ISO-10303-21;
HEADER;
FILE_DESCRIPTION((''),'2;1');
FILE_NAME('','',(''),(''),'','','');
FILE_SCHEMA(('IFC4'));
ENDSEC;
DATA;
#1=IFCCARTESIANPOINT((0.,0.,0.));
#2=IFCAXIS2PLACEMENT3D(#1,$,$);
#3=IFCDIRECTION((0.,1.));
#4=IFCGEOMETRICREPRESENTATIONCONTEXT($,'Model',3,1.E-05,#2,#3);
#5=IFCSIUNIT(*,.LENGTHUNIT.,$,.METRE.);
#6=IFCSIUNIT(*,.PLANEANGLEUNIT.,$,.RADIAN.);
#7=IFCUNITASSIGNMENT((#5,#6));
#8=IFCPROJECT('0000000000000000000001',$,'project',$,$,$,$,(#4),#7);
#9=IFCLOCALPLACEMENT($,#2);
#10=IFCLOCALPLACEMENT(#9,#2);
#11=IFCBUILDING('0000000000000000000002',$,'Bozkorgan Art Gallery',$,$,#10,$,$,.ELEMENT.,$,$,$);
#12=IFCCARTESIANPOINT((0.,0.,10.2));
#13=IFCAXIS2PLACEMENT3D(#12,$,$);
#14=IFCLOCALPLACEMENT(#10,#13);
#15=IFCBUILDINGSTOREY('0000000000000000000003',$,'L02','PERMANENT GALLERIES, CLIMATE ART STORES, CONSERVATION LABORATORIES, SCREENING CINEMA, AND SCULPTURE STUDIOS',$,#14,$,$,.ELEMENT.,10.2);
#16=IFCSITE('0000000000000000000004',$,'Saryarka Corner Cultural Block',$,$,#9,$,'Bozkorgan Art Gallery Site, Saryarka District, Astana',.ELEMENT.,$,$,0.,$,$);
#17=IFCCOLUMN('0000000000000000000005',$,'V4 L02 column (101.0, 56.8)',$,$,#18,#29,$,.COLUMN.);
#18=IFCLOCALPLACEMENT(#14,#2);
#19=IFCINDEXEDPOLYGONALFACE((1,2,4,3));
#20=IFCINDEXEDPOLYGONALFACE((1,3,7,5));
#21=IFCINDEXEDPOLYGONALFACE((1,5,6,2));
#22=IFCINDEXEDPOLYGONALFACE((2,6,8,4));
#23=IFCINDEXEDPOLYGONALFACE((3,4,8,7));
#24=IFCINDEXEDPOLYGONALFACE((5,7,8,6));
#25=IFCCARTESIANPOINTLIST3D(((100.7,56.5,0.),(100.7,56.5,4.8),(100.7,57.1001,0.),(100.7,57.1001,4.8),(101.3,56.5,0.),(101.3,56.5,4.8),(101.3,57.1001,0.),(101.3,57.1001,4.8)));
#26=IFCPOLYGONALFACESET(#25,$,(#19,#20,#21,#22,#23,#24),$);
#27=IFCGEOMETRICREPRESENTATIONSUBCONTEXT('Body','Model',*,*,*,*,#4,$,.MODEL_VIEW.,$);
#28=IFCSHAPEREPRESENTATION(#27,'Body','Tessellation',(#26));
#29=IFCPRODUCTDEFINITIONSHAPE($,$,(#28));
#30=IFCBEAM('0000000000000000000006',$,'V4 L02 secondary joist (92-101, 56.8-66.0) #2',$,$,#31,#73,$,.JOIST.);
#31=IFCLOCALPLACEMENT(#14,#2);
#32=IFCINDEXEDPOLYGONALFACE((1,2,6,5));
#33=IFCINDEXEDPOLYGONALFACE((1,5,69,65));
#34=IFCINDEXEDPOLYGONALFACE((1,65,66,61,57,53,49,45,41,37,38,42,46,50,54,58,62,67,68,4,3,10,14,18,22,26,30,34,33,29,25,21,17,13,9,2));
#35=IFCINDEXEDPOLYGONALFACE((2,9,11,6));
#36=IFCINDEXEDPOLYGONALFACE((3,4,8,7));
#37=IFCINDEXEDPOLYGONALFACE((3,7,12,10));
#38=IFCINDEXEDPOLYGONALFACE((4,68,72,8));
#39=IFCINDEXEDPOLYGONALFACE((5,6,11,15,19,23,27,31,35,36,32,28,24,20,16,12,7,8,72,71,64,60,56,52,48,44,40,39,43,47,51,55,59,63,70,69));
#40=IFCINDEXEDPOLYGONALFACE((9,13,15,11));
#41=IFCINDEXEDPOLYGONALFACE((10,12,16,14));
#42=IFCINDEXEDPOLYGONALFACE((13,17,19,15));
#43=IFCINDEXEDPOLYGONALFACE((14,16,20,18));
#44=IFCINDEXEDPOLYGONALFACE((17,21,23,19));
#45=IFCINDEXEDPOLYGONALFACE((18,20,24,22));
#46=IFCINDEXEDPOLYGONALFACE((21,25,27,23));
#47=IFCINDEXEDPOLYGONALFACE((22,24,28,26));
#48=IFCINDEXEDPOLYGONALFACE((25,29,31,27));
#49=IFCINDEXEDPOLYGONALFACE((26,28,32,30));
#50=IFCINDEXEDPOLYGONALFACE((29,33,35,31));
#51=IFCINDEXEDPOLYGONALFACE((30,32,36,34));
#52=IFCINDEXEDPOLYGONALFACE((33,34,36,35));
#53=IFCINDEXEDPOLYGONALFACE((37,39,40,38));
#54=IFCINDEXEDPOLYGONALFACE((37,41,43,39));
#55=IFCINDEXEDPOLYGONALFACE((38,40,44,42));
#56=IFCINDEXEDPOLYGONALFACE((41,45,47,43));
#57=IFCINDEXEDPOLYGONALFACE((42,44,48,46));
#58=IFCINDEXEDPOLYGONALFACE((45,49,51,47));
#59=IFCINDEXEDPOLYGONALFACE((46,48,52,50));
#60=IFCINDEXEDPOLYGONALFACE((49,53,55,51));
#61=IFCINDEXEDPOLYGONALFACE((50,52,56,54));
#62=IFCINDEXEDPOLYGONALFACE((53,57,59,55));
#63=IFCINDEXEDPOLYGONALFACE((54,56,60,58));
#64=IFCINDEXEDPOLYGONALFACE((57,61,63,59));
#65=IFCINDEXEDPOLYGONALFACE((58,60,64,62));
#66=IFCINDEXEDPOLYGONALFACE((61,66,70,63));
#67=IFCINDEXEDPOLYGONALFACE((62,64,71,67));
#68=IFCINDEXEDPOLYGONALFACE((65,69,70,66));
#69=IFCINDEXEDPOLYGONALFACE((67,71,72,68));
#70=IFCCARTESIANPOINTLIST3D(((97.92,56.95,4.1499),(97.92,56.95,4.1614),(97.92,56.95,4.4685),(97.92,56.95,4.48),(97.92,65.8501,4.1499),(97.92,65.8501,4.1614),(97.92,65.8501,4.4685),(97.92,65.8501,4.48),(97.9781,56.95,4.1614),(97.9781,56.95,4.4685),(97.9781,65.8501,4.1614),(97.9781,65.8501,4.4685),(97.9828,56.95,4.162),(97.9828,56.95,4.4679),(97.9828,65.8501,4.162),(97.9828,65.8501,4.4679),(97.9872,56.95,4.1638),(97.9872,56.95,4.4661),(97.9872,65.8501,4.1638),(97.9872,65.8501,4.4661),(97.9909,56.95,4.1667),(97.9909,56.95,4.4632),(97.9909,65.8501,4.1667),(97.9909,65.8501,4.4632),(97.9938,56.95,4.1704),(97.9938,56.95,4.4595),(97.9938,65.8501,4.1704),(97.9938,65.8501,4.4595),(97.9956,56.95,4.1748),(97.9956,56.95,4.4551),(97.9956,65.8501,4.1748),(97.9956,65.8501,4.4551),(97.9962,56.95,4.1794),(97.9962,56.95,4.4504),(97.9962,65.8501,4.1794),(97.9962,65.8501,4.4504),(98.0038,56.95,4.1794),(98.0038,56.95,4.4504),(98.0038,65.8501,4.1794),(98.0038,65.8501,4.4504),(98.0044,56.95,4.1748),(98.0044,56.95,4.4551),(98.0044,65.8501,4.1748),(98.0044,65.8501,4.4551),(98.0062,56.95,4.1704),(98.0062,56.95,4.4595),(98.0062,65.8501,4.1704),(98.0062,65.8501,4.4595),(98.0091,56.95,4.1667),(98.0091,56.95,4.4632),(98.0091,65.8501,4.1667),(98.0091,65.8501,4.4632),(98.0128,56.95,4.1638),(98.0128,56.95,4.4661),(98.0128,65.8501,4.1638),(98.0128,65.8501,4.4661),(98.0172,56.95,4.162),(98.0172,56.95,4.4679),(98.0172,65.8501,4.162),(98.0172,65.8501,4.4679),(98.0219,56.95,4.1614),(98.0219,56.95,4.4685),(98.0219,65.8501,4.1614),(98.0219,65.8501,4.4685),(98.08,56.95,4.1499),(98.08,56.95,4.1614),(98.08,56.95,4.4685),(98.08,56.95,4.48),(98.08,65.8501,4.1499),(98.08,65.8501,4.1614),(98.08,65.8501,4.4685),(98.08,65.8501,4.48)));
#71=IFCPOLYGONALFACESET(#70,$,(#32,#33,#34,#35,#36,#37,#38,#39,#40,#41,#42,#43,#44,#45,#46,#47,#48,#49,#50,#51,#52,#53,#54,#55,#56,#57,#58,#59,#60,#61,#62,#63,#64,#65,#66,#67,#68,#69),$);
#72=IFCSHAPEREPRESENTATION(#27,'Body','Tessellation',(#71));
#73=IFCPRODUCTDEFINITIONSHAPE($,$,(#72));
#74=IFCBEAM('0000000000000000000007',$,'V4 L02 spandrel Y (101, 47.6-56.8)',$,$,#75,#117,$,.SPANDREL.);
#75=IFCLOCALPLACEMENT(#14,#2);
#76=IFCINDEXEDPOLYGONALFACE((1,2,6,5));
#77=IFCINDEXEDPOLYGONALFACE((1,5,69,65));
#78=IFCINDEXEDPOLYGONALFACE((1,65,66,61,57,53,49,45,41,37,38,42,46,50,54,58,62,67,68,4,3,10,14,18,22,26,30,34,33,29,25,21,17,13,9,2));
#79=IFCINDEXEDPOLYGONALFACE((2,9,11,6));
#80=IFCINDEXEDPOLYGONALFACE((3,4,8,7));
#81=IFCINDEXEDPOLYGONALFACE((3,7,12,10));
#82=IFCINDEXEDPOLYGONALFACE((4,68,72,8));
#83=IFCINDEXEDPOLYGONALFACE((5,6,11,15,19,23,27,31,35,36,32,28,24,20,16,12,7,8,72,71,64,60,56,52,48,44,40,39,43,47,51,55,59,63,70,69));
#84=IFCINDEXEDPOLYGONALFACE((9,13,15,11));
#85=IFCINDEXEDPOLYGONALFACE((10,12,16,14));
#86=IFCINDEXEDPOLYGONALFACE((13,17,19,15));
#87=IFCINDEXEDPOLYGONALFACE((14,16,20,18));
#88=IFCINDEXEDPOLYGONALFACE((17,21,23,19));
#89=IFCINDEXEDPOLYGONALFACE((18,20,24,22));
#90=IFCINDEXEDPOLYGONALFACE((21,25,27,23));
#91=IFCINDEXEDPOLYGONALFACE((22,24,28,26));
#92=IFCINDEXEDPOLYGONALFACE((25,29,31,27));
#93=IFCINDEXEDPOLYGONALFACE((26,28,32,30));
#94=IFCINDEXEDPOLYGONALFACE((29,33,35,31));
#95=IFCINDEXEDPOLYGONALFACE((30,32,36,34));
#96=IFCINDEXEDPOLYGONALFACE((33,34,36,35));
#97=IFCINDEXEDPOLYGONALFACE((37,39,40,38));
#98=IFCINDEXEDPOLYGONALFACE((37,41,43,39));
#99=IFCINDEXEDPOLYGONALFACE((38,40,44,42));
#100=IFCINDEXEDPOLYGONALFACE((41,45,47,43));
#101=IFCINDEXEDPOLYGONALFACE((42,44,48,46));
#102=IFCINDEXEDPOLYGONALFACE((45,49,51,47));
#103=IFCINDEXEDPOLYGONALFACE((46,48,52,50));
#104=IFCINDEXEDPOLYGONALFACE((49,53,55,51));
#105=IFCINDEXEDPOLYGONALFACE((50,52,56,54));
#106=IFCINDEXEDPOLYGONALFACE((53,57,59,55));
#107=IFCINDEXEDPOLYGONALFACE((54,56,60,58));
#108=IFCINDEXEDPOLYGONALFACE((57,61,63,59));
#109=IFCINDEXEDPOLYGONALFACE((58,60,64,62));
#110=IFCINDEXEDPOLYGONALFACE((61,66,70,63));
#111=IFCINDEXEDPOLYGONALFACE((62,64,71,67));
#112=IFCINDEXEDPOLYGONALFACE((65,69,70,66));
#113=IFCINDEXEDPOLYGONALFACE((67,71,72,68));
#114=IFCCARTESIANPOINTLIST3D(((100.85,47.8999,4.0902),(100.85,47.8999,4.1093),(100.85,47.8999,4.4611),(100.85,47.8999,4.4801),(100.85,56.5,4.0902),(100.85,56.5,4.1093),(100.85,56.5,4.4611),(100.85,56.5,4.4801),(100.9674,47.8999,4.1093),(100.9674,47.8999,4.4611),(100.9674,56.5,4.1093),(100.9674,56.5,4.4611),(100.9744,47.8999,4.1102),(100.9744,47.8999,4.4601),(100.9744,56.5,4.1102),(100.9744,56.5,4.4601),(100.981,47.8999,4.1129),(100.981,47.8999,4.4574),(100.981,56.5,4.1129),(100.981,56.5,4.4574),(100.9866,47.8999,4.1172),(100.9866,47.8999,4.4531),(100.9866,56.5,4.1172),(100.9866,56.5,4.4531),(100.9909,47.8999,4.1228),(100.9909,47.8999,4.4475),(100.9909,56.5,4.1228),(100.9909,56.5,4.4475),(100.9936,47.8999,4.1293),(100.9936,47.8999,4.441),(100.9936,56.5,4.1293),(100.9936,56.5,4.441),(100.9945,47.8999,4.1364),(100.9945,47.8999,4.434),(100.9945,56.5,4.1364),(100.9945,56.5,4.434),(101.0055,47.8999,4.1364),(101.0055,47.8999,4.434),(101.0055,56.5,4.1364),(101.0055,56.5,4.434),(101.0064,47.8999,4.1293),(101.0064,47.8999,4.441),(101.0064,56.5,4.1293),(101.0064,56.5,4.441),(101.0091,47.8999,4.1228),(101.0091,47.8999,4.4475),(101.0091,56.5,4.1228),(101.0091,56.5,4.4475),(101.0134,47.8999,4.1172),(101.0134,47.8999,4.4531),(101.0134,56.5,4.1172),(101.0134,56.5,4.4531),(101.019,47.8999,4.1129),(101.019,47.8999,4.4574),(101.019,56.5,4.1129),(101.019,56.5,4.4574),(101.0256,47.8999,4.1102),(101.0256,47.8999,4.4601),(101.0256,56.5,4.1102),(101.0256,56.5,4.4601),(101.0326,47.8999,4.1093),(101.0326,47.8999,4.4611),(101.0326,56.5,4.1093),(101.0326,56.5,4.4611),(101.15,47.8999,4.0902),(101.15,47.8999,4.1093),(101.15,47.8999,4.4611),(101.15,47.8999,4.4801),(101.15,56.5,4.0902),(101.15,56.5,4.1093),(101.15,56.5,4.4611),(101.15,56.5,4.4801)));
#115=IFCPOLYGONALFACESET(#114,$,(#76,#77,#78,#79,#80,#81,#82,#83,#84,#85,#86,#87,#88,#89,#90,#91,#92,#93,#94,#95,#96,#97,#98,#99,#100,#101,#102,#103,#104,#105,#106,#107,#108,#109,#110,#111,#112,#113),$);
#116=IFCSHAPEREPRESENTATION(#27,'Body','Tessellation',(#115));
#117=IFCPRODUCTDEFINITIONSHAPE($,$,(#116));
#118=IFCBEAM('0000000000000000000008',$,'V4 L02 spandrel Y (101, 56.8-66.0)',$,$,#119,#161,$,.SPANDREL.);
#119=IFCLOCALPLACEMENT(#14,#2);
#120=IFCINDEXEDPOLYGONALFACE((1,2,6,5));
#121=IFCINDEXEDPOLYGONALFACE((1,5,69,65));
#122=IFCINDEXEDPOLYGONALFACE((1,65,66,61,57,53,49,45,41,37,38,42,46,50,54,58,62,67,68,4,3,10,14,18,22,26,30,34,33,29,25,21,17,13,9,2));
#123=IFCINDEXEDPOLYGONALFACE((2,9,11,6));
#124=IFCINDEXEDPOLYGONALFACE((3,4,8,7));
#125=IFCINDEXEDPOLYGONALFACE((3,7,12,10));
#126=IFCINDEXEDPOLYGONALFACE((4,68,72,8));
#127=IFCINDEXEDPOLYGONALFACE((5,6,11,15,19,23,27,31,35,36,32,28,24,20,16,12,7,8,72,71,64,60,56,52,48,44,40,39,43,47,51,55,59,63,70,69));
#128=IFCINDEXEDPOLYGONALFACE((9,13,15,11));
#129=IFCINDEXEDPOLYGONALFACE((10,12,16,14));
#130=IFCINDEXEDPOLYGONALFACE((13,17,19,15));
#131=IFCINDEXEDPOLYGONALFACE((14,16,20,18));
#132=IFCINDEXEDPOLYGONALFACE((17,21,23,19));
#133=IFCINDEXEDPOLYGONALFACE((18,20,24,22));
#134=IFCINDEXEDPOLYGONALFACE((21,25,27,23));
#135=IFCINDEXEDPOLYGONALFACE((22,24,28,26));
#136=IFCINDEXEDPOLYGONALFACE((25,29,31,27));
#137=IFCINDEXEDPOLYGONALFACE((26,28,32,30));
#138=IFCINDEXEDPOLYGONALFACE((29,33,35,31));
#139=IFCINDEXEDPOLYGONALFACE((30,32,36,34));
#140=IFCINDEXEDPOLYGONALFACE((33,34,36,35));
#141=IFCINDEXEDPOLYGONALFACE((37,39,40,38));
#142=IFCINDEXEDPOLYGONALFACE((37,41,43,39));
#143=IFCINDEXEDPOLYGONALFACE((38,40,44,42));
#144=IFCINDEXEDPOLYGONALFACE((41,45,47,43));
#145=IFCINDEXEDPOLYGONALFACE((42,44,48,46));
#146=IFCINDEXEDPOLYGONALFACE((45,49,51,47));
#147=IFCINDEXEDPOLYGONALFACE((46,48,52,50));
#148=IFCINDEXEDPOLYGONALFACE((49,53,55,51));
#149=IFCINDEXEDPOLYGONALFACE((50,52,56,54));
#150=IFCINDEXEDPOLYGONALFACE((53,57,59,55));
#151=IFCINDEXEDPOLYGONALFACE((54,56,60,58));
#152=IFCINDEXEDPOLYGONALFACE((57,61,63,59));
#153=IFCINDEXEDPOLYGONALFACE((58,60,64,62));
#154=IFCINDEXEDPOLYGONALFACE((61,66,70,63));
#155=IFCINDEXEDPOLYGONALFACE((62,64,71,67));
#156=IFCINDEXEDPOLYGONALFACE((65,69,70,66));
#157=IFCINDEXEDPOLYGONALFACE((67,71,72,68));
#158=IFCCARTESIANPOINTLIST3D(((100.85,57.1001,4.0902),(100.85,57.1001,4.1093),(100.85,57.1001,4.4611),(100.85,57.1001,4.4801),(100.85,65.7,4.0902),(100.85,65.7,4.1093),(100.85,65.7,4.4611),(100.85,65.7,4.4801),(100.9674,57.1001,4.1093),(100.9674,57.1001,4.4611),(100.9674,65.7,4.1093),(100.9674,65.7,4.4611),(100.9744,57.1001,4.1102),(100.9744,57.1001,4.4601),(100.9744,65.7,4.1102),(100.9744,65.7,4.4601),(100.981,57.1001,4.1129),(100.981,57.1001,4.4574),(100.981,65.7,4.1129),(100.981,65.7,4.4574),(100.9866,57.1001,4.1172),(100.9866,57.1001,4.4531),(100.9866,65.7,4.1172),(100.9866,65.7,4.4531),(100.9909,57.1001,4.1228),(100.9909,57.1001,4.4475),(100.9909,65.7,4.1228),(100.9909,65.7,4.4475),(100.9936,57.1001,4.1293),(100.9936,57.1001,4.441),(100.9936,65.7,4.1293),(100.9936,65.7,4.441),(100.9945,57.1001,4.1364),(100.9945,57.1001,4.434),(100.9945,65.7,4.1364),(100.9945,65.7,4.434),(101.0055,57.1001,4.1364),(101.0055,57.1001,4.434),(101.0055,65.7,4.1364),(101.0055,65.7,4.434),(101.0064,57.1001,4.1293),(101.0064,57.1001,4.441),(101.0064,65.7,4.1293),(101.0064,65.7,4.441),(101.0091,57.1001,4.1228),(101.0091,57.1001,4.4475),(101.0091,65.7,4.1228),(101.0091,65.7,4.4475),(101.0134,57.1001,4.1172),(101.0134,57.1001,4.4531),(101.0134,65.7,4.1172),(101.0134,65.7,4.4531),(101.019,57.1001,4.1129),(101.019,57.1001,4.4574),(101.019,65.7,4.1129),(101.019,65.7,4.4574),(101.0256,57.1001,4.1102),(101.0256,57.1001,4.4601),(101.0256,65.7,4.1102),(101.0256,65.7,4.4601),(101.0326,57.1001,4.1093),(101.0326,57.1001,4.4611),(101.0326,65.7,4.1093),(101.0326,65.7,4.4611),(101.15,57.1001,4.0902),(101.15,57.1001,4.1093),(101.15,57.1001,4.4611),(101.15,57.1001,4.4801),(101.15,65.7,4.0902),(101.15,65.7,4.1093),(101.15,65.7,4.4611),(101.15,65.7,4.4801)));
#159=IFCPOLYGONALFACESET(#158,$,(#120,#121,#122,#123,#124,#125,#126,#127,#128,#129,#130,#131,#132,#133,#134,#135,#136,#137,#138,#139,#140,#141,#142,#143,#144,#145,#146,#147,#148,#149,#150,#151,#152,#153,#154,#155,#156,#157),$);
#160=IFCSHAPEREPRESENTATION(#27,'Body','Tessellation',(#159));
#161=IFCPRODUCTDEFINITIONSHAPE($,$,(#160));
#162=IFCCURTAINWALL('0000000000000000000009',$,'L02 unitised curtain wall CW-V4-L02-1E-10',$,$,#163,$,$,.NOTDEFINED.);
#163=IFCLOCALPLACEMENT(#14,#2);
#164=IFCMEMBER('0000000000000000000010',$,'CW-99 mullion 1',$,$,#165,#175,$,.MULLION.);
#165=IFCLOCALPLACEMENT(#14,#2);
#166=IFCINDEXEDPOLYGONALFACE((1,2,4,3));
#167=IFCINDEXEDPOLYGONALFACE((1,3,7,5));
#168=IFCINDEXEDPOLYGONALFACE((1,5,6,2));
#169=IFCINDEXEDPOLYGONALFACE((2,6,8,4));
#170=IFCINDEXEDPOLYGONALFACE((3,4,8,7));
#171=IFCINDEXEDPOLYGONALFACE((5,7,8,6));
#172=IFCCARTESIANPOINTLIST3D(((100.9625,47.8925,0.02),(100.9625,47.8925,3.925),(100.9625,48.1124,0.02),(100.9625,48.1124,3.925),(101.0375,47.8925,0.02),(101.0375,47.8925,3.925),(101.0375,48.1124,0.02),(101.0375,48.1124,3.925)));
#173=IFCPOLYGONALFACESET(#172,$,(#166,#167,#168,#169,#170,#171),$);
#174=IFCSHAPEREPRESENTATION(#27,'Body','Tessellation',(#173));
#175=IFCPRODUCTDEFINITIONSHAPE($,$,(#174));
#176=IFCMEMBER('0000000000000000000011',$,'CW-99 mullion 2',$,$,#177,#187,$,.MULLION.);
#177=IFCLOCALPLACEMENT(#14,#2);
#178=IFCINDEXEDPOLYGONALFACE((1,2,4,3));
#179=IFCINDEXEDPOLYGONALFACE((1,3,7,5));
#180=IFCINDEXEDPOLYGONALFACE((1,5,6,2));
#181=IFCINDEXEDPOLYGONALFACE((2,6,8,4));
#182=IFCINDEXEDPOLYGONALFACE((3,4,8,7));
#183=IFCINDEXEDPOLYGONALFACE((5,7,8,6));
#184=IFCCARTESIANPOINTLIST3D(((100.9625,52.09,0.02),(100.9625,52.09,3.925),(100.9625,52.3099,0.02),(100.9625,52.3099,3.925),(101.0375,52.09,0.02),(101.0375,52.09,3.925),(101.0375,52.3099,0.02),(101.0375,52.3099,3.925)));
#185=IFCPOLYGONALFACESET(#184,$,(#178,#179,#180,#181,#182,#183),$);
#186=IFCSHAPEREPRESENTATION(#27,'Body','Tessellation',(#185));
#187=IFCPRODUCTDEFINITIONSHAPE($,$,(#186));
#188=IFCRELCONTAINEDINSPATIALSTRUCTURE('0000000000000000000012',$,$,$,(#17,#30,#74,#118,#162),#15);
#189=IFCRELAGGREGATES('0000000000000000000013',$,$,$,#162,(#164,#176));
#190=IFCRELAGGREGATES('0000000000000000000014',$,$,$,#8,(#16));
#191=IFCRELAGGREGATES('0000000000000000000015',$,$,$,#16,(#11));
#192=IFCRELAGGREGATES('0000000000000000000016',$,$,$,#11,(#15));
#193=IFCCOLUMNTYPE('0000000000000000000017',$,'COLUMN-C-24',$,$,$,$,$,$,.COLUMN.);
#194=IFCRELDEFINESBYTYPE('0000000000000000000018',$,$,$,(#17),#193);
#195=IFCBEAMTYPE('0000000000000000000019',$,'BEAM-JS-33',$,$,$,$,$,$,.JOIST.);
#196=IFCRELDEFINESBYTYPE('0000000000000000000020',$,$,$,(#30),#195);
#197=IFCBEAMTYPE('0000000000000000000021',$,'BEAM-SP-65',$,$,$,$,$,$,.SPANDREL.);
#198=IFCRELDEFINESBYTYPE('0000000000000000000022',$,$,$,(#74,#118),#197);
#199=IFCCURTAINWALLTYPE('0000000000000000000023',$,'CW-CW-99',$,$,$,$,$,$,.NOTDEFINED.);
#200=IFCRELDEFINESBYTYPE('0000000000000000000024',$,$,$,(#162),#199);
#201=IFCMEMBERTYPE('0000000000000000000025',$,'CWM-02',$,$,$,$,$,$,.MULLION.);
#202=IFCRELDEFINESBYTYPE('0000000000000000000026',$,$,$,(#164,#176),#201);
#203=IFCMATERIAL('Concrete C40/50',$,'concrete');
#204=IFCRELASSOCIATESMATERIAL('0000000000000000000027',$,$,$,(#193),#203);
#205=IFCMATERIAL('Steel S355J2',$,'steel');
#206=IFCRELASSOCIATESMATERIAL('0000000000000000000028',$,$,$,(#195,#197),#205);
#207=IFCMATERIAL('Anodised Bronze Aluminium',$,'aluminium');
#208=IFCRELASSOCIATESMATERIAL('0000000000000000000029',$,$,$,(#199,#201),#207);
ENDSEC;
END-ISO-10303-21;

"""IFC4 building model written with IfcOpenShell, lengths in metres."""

from ifc_helpers import new_model, si_unit, direction, frame, origin, origin_2d, place, context, subcontext, project, spatial, rectangle, i_section, extrude, material, material_profile, profile_set, type_object, element, aggregate, save


model = new_model("IFC4")

# Units and contexts
model_context = context("Model", 3, precision=1e-05, world=origin(), true_north=direction((0.0, 1.0)))
body_context = subcontext(model_context, "Body", "Model", "MODEL_VIEW")
ifc_project = project(units=[si_unit("LENGTHUNIT", "METRE"), si_unit("PLANEANGLEUNIT", "RADIAN")], contexts=[model_context])

# Site, building, storey
site_placement = place(None, origin())
site = spatial("IfcSite", under=ifc_project, at=site_placement, Name="Saryarka Corner Cultural Block", LongName="Bozkorgan Art Gallery Site, Saryarka District, Astana", CompositionType="ELEMENT", RefElevation=0.0)
building_placement = place(site_placement, origin())
building = spatial("IfcBuilding", under=site, at=building_placement, Name="Bozkorgan Art Gallery", CompositionType="ELEMENT")
storey_placement = place(building_placement, frame((0.0, 0.0, 10.2)))
storey = spatial("IfcBuildingStorey", under=building, at=storey_placement, Name="L02", Description="PERMANENT GALLERIES, CLIMATE ART STORES, CONSERVATION LABORATORIES, SCREENING CINEMA, AND SCULPTURE STUDIOS", CompositionType="ELEMENT", Elevation=10.2)

# Column
ifc_material_1 = material(Name="Concrete C40/50", Category="concrete")
ifc_material_profile_1 = material_profile(ifc_material_1, rectangle(XDim=0.6001, YDim=0.6001, at=origin_2d()), Name="RC 600x600")
ifc_profile_set_1 = profile_set([ifc_material_profile_1], Name="Concrete C40/50")
column_type = type_object("IfcColumnType", Name="COLUMN-C-24", PredefinedType="COLUMN", material=ifc_profile_set_1)
column_placement = place(storey_placement, frame((101.0, 56.8, 0.0), z_axis=(0.0, 0.0, 1.0), x_axis=(1.0, 0.0, 0.0)))
element("IfcColumn", 1, at=column_placement, inside=storey, type_object=column_type, Name="V4 L02 column (101.0, 56.8)", PredefinedType="COLUMN", context=body_context, shape_type="SweptSolid", body=[
    extrude(rectangle(XDim=0.6001, YDim=0.6001, at=origin_2d()), origin(), (0.0, 0.0, 1.0), 4.8),
])

# Beams
ifc_material_2 = material(Name="Steel S355J2", Category="steel")
ifc_material_profile_2 = material_profile(ifc_material_2, i_section(OverallWidth=0.1599, OverallDepth=0.3301, WebThickness=0.0076, FlangeThickness=0.0115, FilletRadius=0.0181, at=origin_2d()), Name="IPE 330")
ifc_profile_set_2 = profile_set([ifc_material_profile_2], Name="Steel S355J2")
beam_type_1 = type_object("IfcBeamType", Name="BEAM-JS-33", PredefinedType="JOIST", material=ifc_profile_set_2)
beam_1_placement = place(storey_placement, frame((98.0, 56.95, 4.3149), z_axis=(0.0, 1.0, 0.0), x_axis=(-1.0, 0.0, 0.0)))
element("IfcBeam", 2, at=beam_1_placement, inside=storey, type_object=beam_type_1, Name="V4 L02 secondary joist (92-101, 56.8-66.0) #2", PredefinedType="JOIST", context=body_context, shape_type="SweptSolid", body=[
    extrude(i_section(OverallWidth=0.1599, OverallDepth=0.3301, WebThickness=0.0076, FlangeThickness=0.0115, FilletRadius=0.0181, at=origin_2d()), origin(), (0.0, 0.0, 1.0), 8.9001),
])
ifc_material_profile_3 = material_profile(ifc_material_2, i_section(OverallWidth=0.3, OverallDepth=0.3899, WebThickness=0.011, FlangeThickness=0.019, FilletRadius=0.0271, at=origin_2d()), Name="HEA 400")
ifc_profile_set_3 = profile_set([ifc_material_profile_3], Name="Steel S355J2")
beam_type_2 = type_object("IfcBeamType", Name="BEAM-SP-65", PredefinedType="SPANDREL", material=ifc_profile_set_3)
beam_2_placement = place(storey_placement, frame((101.0, 47.8999, 4.2852), z_axis=(0.0, 1.0, 0.0), x_axis=(-1.0, 0.0, 0.0)))
element("IfcBeam", 3, at=beam_2_placement, inside=storey, type_object=beam_type_2, Name="V4 L02 spandrel Y (101, 47.6-56.8)", PredefinedType="SPANDREL", context=body_context, shape_type="SweptSolid", body=[
    extrude(i_section(OverallWidth=0.3, OverallDepth=0.3899, WebThickness=0.011, FlangeThickness=0.019, FilletRadius=0.0271, at=origin_2d()), origin(), (0.0, 0.0, 1.0), 8.6001),
])
beam_3_placement = place(storey_placement, frame((101.0, 57.1001, 4.2852), z_axis=(0.0, 1.0, 0.0), x_axis=(-1.0, 0.0, 0.0)))
element("IfcBeam", 4, at=beam_3_placement, inside=storey, type_object=beam_type_2, Name="V4 L02 spandrel Y (101, 56.8-66.0)", PredefinedType="SPANDREL", context=body_context, shape_type="SweptSolid", body=[
    extrude(i_section(OverallWidth=0.3, OverallDepth=0.3899, WebThickness=0.011, FlangeThickness=0.019, FilletRadius=0.0271, at=origin_2d()), origin(), (0.0, 0.0, 1.0), 8.5999),
])

# Curtain wall, members
ifc_material_3 = material(Name="Anodised Bronze Aluminium", Category="aluminium")
curtain_wall_type = type_object("IfcCurtainWallType", Name="CW-CW-99", PredefinedType="NOTDEFINED", material=ifc_material_3)
curtain_wall_1_placement = place(storey_placement, origin())
curtain_wall_1 = element("IfcCurtainWall", 5, at=curtain_wall_1_placement, inside=storey, type_object=curtain_wall_type, Name="L02 unitised curtain wall CW-V4-L02-1E-10", PredefinedType="NOTDEFINED")
ifc_material_profile_4 = material_profile(ifc_material_3, rectangle(XDim=0.075, YDim=0.22, at=origin_2d()), Name="ALU MULLION 75x220")
ifc_profile_set_4 = profile_set([ifc_material_profile_4], Name="Anodised Bronze Aluminium")
member_type_1 = type_object("IfcMemberType", Name="CWM-02", PredefinedType="MULLION", material=ifc_profile_set_4)
member_1_placement = place(storey_placement, frame((101.0, 48.0024, 0.02), z_axis=(0.0, 0.0, 1.0), x_axis=(-1.0, 0.0, 0.0)))
member_1 = element("IfcMember", 6, at=member_1_placement, type_object=member_type_1, Name="CW-99 mullion 1", PredefinedType="MULLION", context=body_context, shape_type="SweptSolid", body=[
    extrude(rectangle(XDim=0.075, YDim=0.22, at=origin_2d()), origin(), (0.0, 0.0, 1.0), 3.905),
])
member_2_placement = place(storey_placement, frame((101.0, 52.2, 0.02), z_axis=(0.0, 0.0, 1.0), x_axis=(-1.0, 0.0, 0.0)))
member_2 = element("IfcMember", 7, at=member_2_placement, type_object=member_type_1, Name="CW-99 mullion 2", PredefinedType="MULLION", context=body_context, shape_type="SweptSolid", body=[
    extrude(rectangle(XDim=0.075, YDim=0.22, at=origin_2d()), origin(), (0.0, 0.0, 1.0), 3.905),
])

aggregate(curtain_wall_1, [member_1, member_2])

save(model, "model.ifc")
